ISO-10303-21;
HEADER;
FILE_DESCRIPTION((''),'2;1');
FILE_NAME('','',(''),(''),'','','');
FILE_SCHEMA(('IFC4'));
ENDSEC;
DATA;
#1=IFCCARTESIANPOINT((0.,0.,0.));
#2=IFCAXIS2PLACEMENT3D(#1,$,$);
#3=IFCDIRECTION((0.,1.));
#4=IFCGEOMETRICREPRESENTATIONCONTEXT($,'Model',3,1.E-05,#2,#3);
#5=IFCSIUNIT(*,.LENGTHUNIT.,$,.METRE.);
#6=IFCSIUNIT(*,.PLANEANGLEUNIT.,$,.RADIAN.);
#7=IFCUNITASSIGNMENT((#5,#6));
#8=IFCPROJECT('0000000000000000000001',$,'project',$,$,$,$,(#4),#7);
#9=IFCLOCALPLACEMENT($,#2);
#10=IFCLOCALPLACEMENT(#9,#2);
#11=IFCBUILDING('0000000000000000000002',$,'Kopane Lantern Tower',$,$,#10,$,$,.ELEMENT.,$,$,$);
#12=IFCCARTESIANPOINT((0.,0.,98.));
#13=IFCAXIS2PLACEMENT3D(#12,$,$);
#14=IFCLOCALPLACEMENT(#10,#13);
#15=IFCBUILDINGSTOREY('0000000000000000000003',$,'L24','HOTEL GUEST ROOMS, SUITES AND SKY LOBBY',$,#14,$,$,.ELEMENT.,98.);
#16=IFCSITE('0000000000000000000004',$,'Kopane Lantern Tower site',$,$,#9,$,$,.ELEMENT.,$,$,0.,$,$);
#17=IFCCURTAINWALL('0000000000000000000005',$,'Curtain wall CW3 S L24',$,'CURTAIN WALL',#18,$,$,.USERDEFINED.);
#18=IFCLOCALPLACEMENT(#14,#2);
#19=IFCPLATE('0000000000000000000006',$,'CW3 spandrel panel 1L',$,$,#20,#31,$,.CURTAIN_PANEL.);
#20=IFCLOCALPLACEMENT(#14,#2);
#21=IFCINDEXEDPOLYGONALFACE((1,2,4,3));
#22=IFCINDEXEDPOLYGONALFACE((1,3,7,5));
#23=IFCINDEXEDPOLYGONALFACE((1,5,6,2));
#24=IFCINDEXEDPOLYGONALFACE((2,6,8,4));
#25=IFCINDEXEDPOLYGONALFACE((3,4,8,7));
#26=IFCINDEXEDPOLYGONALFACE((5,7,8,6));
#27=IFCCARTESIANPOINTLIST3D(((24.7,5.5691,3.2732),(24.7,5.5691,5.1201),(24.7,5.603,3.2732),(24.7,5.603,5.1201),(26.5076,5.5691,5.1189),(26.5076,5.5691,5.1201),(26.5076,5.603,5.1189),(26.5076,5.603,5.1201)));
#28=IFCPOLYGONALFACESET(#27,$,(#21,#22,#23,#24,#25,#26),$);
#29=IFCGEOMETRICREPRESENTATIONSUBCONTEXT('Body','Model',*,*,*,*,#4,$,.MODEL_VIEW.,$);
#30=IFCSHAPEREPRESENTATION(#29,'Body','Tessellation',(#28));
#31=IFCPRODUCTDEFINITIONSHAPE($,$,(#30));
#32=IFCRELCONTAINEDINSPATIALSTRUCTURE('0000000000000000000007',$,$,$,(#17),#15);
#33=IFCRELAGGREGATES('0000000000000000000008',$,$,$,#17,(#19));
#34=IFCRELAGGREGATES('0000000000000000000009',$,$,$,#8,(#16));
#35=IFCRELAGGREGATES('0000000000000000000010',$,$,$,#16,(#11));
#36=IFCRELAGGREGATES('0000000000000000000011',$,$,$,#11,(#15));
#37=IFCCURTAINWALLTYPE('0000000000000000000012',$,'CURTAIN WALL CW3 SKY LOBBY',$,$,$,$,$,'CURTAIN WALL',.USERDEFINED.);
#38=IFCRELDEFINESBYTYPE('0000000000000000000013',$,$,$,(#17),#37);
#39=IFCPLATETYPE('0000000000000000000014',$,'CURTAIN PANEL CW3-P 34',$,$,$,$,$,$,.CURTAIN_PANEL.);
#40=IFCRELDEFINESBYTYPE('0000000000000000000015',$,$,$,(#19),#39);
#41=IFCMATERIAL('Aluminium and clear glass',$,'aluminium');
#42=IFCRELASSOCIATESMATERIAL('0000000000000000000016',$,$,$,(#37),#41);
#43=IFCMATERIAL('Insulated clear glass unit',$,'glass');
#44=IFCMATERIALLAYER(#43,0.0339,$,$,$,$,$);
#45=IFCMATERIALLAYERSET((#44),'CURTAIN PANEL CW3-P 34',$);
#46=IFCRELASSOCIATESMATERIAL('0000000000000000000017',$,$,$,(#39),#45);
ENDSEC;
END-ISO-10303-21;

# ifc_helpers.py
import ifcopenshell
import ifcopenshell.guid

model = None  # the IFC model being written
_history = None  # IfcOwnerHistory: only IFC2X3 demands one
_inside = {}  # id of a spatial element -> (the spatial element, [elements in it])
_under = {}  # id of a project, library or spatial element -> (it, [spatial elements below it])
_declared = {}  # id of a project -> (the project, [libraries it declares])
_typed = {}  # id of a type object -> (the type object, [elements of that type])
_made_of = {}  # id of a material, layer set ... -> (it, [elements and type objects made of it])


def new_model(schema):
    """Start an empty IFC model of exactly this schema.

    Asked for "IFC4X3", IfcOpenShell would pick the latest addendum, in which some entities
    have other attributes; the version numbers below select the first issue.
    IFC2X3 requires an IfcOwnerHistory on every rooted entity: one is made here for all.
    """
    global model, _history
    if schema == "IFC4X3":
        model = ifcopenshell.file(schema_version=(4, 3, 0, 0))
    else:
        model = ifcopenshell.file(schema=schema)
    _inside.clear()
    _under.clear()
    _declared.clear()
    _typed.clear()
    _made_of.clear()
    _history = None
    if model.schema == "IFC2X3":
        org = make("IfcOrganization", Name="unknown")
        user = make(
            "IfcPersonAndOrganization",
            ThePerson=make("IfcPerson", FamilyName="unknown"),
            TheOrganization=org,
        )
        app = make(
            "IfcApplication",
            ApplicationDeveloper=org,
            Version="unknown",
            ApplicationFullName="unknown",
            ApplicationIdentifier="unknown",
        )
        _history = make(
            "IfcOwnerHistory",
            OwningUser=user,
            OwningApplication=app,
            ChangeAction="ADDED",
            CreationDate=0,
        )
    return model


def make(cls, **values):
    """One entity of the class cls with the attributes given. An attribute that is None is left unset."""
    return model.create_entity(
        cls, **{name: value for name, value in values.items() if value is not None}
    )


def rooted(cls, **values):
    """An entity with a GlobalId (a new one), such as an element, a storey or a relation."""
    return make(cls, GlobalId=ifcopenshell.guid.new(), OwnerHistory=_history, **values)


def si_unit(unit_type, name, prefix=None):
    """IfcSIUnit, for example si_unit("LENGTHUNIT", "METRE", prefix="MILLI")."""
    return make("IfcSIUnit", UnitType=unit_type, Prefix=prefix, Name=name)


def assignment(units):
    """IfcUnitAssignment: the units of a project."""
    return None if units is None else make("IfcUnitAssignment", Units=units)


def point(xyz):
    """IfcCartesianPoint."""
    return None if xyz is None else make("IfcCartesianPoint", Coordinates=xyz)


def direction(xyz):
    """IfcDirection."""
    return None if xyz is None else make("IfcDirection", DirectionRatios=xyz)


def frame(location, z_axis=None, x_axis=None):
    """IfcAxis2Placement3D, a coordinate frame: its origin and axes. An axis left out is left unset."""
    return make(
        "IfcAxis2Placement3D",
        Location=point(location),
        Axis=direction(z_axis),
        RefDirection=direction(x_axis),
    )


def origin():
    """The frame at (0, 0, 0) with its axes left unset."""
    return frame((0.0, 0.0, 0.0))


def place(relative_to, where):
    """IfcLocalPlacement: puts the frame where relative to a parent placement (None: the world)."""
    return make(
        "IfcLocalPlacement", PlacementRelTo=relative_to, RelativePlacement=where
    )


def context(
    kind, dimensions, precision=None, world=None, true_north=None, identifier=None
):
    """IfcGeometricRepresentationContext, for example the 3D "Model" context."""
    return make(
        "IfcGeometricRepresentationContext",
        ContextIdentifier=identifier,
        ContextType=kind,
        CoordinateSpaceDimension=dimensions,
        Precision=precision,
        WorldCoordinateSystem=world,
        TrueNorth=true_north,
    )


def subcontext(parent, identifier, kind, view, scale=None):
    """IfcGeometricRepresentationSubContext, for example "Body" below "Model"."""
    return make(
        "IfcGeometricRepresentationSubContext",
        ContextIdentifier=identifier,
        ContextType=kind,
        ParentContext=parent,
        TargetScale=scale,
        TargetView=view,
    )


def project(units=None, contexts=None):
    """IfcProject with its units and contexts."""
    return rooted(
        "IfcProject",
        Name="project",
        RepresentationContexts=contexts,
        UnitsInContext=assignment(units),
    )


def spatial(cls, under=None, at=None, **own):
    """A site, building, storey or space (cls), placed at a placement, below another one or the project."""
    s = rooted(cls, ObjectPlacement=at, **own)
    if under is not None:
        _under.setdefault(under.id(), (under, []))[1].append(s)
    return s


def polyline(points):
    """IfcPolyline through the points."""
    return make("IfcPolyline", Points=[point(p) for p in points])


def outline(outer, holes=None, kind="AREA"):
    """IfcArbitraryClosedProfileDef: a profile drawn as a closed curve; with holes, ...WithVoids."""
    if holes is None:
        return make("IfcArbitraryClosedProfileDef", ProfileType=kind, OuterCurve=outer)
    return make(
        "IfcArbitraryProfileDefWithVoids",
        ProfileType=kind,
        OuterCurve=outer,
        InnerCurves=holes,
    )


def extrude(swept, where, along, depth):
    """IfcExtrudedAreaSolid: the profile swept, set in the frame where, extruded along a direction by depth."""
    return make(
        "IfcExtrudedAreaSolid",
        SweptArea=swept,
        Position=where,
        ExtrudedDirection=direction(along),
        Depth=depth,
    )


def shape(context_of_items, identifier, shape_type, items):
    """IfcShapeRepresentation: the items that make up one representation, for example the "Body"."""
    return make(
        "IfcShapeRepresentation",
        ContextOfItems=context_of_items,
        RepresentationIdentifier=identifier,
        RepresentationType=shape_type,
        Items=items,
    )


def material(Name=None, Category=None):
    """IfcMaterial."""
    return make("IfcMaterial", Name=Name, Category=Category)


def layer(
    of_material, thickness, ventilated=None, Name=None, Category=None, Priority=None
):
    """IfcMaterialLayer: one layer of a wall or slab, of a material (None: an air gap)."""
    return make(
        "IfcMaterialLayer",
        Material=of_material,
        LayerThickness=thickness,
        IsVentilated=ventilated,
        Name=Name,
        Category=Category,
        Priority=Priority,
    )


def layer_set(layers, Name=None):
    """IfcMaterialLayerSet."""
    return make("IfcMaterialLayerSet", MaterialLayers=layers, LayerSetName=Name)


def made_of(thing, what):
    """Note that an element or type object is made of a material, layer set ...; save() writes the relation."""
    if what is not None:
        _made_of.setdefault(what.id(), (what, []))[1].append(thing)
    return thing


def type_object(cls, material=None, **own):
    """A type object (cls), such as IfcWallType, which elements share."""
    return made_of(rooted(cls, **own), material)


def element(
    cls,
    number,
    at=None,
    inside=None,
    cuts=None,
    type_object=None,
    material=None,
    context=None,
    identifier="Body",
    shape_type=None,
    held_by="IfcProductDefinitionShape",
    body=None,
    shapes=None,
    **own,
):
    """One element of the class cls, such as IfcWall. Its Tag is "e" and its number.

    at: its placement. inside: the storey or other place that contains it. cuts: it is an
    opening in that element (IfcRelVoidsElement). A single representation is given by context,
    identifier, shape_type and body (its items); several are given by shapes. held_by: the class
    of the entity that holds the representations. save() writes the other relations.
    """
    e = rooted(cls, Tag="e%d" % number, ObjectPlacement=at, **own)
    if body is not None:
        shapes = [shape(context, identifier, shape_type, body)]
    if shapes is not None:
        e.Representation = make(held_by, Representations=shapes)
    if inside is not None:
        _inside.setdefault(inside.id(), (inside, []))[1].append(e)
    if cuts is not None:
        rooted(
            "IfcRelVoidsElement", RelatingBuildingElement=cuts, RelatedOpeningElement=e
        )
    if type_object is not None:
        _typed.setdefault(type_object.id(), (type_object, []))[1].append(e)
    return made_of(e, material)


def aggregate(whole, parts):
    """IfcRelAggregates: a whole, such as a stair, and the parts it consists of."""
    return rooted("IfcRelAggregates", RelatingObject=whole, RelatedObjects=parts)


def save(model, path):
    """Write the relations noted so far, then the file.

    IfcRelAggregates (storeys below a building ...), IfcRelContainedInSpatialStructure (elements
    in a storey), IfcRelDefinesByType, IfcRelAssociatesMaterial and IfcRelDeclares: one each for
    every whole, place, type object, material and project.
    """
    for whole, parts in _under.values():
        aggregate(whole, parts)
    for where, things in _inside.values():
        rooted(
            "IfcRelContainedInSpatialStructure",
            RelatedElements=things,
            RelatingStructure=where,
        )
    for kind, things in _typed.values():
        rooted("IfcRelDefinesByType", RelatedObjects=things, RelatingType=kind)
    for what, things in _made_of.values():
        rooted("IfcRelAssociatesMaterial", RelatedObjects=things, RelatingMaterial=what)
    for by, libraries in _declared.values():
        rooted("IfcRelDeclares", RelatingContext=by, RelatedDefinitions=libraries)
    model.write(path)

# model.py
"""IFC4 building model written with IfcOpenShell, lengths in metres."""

from ifc_helpers import new_model, si_unit, direction, frame, origin, place, context, subcontext, project, spatial, polyline, outline, extrude, material, layer, layer_set, type_object, element, aggregate, save


model = new_model("IFC4")

# Units and contexts
model_context = context("Model", 3, precision=1e-05, world=origin(), true_north=direction((0.0, 1.0)))
body_context = subcontext(model_context, "Body", "Model", "MODEL_VIEW")
ifc_project = project(units=[si_unit("LENGTHUNIT", "METRE"), si_unit("PLANEANGLEUNIT", "RADIAN")], contexts=[model_context])

# Site, building, storey
site_placement = place(None, origin())
site = spatial("IfcSite", under=ifc_project, at=site_placement, Name="Kopane Lantern Tower site", CompositionType="ELEMENT", RefElevation=0.0)
building_placement = place(site_placement, origin())
building = spatial("IfcBuilding", under=site, at=building_placement, Name="Kopane Lantern Tower", CompositionType="ELEMENT")
storey_placement = place(building_placement, frame((0.0, 0.0, 98.0)))
storey = spatial("IfcBuildingStorey", under=building, at=storey_placement, Name="L24", Description="HOTEL GUEST ROOMS, SUITES AND SKY LOBBY", CompositionType="ELEMENT", Elevation=98.0)

# Curtain wall
ifc_material_1 = material(Name="Aluminium and clear glass", Category="aluminium")
curtain_wall_type = type_object("IfcCurtainWallType", Name="CURTAIN WALL CW3 SKY LOBBY", ElementType="CURTAIN WALL", PredefinedType="USERDEFINED", material=ifc_material_1)
curtain_wall_1_placement = place(storey_placement, origin())
curtain_wall_1 = element("IfcCurtainWall", 1, at=curtain_wall_1_placement, inside=storey, type_object=curtain_wall_type, Name="Curtain wall CW3 S L24", ObjectType="CURTAIN WALL", PredefinedType="USERDEFINED")

# Plate
ifc_material_2 = material(Name="Insulated clear glass unit", Category="glass")
ifc_layer = layer(ifc_material_2, 0.0339)
ifc_layer_set = layer_set([ifc_layer], Name="CURTAIN PANEL CW3-P 34")
plate_type = type_object("IfcPlateType", Name="CURTAIN PANEL CW3-P 34", PredefinedType="CURTAIN_PANEL", material=ifc_layer_set)
plate_1_placement = place(storey_placement, frame((24.7, 5.5859, 5.1201), z_axis=(0.0, 0.0, 1.0), x_axis=(1.0, 0.0, 0.0)))
plate_1 = element("IfcPlate", 2, at=plate_1_placement, type_object=plate_type, Name="CW3 spandrel panel 1L", PredefinedType="CURTAIN_PANEL", context=body_context, shape_type="SweptSolid", body=[
    extrude(outline(polyline([(0.0, 0.0), (1.8076, 0.0), (1.8076, -0.0012), (0.0, -1.8469), (0.0, 0.0)])), frame((0.0, 0.0171, 0.0), z_axis=(0.0, -1.0, 0.0), x_axis=(1.0, 0.0, 0.0)), (0.0, 0.0, 1.0), 0.0339),
])
aggregate(curtain_wall_1, [plate_1])

save(model, "model.ifc")
